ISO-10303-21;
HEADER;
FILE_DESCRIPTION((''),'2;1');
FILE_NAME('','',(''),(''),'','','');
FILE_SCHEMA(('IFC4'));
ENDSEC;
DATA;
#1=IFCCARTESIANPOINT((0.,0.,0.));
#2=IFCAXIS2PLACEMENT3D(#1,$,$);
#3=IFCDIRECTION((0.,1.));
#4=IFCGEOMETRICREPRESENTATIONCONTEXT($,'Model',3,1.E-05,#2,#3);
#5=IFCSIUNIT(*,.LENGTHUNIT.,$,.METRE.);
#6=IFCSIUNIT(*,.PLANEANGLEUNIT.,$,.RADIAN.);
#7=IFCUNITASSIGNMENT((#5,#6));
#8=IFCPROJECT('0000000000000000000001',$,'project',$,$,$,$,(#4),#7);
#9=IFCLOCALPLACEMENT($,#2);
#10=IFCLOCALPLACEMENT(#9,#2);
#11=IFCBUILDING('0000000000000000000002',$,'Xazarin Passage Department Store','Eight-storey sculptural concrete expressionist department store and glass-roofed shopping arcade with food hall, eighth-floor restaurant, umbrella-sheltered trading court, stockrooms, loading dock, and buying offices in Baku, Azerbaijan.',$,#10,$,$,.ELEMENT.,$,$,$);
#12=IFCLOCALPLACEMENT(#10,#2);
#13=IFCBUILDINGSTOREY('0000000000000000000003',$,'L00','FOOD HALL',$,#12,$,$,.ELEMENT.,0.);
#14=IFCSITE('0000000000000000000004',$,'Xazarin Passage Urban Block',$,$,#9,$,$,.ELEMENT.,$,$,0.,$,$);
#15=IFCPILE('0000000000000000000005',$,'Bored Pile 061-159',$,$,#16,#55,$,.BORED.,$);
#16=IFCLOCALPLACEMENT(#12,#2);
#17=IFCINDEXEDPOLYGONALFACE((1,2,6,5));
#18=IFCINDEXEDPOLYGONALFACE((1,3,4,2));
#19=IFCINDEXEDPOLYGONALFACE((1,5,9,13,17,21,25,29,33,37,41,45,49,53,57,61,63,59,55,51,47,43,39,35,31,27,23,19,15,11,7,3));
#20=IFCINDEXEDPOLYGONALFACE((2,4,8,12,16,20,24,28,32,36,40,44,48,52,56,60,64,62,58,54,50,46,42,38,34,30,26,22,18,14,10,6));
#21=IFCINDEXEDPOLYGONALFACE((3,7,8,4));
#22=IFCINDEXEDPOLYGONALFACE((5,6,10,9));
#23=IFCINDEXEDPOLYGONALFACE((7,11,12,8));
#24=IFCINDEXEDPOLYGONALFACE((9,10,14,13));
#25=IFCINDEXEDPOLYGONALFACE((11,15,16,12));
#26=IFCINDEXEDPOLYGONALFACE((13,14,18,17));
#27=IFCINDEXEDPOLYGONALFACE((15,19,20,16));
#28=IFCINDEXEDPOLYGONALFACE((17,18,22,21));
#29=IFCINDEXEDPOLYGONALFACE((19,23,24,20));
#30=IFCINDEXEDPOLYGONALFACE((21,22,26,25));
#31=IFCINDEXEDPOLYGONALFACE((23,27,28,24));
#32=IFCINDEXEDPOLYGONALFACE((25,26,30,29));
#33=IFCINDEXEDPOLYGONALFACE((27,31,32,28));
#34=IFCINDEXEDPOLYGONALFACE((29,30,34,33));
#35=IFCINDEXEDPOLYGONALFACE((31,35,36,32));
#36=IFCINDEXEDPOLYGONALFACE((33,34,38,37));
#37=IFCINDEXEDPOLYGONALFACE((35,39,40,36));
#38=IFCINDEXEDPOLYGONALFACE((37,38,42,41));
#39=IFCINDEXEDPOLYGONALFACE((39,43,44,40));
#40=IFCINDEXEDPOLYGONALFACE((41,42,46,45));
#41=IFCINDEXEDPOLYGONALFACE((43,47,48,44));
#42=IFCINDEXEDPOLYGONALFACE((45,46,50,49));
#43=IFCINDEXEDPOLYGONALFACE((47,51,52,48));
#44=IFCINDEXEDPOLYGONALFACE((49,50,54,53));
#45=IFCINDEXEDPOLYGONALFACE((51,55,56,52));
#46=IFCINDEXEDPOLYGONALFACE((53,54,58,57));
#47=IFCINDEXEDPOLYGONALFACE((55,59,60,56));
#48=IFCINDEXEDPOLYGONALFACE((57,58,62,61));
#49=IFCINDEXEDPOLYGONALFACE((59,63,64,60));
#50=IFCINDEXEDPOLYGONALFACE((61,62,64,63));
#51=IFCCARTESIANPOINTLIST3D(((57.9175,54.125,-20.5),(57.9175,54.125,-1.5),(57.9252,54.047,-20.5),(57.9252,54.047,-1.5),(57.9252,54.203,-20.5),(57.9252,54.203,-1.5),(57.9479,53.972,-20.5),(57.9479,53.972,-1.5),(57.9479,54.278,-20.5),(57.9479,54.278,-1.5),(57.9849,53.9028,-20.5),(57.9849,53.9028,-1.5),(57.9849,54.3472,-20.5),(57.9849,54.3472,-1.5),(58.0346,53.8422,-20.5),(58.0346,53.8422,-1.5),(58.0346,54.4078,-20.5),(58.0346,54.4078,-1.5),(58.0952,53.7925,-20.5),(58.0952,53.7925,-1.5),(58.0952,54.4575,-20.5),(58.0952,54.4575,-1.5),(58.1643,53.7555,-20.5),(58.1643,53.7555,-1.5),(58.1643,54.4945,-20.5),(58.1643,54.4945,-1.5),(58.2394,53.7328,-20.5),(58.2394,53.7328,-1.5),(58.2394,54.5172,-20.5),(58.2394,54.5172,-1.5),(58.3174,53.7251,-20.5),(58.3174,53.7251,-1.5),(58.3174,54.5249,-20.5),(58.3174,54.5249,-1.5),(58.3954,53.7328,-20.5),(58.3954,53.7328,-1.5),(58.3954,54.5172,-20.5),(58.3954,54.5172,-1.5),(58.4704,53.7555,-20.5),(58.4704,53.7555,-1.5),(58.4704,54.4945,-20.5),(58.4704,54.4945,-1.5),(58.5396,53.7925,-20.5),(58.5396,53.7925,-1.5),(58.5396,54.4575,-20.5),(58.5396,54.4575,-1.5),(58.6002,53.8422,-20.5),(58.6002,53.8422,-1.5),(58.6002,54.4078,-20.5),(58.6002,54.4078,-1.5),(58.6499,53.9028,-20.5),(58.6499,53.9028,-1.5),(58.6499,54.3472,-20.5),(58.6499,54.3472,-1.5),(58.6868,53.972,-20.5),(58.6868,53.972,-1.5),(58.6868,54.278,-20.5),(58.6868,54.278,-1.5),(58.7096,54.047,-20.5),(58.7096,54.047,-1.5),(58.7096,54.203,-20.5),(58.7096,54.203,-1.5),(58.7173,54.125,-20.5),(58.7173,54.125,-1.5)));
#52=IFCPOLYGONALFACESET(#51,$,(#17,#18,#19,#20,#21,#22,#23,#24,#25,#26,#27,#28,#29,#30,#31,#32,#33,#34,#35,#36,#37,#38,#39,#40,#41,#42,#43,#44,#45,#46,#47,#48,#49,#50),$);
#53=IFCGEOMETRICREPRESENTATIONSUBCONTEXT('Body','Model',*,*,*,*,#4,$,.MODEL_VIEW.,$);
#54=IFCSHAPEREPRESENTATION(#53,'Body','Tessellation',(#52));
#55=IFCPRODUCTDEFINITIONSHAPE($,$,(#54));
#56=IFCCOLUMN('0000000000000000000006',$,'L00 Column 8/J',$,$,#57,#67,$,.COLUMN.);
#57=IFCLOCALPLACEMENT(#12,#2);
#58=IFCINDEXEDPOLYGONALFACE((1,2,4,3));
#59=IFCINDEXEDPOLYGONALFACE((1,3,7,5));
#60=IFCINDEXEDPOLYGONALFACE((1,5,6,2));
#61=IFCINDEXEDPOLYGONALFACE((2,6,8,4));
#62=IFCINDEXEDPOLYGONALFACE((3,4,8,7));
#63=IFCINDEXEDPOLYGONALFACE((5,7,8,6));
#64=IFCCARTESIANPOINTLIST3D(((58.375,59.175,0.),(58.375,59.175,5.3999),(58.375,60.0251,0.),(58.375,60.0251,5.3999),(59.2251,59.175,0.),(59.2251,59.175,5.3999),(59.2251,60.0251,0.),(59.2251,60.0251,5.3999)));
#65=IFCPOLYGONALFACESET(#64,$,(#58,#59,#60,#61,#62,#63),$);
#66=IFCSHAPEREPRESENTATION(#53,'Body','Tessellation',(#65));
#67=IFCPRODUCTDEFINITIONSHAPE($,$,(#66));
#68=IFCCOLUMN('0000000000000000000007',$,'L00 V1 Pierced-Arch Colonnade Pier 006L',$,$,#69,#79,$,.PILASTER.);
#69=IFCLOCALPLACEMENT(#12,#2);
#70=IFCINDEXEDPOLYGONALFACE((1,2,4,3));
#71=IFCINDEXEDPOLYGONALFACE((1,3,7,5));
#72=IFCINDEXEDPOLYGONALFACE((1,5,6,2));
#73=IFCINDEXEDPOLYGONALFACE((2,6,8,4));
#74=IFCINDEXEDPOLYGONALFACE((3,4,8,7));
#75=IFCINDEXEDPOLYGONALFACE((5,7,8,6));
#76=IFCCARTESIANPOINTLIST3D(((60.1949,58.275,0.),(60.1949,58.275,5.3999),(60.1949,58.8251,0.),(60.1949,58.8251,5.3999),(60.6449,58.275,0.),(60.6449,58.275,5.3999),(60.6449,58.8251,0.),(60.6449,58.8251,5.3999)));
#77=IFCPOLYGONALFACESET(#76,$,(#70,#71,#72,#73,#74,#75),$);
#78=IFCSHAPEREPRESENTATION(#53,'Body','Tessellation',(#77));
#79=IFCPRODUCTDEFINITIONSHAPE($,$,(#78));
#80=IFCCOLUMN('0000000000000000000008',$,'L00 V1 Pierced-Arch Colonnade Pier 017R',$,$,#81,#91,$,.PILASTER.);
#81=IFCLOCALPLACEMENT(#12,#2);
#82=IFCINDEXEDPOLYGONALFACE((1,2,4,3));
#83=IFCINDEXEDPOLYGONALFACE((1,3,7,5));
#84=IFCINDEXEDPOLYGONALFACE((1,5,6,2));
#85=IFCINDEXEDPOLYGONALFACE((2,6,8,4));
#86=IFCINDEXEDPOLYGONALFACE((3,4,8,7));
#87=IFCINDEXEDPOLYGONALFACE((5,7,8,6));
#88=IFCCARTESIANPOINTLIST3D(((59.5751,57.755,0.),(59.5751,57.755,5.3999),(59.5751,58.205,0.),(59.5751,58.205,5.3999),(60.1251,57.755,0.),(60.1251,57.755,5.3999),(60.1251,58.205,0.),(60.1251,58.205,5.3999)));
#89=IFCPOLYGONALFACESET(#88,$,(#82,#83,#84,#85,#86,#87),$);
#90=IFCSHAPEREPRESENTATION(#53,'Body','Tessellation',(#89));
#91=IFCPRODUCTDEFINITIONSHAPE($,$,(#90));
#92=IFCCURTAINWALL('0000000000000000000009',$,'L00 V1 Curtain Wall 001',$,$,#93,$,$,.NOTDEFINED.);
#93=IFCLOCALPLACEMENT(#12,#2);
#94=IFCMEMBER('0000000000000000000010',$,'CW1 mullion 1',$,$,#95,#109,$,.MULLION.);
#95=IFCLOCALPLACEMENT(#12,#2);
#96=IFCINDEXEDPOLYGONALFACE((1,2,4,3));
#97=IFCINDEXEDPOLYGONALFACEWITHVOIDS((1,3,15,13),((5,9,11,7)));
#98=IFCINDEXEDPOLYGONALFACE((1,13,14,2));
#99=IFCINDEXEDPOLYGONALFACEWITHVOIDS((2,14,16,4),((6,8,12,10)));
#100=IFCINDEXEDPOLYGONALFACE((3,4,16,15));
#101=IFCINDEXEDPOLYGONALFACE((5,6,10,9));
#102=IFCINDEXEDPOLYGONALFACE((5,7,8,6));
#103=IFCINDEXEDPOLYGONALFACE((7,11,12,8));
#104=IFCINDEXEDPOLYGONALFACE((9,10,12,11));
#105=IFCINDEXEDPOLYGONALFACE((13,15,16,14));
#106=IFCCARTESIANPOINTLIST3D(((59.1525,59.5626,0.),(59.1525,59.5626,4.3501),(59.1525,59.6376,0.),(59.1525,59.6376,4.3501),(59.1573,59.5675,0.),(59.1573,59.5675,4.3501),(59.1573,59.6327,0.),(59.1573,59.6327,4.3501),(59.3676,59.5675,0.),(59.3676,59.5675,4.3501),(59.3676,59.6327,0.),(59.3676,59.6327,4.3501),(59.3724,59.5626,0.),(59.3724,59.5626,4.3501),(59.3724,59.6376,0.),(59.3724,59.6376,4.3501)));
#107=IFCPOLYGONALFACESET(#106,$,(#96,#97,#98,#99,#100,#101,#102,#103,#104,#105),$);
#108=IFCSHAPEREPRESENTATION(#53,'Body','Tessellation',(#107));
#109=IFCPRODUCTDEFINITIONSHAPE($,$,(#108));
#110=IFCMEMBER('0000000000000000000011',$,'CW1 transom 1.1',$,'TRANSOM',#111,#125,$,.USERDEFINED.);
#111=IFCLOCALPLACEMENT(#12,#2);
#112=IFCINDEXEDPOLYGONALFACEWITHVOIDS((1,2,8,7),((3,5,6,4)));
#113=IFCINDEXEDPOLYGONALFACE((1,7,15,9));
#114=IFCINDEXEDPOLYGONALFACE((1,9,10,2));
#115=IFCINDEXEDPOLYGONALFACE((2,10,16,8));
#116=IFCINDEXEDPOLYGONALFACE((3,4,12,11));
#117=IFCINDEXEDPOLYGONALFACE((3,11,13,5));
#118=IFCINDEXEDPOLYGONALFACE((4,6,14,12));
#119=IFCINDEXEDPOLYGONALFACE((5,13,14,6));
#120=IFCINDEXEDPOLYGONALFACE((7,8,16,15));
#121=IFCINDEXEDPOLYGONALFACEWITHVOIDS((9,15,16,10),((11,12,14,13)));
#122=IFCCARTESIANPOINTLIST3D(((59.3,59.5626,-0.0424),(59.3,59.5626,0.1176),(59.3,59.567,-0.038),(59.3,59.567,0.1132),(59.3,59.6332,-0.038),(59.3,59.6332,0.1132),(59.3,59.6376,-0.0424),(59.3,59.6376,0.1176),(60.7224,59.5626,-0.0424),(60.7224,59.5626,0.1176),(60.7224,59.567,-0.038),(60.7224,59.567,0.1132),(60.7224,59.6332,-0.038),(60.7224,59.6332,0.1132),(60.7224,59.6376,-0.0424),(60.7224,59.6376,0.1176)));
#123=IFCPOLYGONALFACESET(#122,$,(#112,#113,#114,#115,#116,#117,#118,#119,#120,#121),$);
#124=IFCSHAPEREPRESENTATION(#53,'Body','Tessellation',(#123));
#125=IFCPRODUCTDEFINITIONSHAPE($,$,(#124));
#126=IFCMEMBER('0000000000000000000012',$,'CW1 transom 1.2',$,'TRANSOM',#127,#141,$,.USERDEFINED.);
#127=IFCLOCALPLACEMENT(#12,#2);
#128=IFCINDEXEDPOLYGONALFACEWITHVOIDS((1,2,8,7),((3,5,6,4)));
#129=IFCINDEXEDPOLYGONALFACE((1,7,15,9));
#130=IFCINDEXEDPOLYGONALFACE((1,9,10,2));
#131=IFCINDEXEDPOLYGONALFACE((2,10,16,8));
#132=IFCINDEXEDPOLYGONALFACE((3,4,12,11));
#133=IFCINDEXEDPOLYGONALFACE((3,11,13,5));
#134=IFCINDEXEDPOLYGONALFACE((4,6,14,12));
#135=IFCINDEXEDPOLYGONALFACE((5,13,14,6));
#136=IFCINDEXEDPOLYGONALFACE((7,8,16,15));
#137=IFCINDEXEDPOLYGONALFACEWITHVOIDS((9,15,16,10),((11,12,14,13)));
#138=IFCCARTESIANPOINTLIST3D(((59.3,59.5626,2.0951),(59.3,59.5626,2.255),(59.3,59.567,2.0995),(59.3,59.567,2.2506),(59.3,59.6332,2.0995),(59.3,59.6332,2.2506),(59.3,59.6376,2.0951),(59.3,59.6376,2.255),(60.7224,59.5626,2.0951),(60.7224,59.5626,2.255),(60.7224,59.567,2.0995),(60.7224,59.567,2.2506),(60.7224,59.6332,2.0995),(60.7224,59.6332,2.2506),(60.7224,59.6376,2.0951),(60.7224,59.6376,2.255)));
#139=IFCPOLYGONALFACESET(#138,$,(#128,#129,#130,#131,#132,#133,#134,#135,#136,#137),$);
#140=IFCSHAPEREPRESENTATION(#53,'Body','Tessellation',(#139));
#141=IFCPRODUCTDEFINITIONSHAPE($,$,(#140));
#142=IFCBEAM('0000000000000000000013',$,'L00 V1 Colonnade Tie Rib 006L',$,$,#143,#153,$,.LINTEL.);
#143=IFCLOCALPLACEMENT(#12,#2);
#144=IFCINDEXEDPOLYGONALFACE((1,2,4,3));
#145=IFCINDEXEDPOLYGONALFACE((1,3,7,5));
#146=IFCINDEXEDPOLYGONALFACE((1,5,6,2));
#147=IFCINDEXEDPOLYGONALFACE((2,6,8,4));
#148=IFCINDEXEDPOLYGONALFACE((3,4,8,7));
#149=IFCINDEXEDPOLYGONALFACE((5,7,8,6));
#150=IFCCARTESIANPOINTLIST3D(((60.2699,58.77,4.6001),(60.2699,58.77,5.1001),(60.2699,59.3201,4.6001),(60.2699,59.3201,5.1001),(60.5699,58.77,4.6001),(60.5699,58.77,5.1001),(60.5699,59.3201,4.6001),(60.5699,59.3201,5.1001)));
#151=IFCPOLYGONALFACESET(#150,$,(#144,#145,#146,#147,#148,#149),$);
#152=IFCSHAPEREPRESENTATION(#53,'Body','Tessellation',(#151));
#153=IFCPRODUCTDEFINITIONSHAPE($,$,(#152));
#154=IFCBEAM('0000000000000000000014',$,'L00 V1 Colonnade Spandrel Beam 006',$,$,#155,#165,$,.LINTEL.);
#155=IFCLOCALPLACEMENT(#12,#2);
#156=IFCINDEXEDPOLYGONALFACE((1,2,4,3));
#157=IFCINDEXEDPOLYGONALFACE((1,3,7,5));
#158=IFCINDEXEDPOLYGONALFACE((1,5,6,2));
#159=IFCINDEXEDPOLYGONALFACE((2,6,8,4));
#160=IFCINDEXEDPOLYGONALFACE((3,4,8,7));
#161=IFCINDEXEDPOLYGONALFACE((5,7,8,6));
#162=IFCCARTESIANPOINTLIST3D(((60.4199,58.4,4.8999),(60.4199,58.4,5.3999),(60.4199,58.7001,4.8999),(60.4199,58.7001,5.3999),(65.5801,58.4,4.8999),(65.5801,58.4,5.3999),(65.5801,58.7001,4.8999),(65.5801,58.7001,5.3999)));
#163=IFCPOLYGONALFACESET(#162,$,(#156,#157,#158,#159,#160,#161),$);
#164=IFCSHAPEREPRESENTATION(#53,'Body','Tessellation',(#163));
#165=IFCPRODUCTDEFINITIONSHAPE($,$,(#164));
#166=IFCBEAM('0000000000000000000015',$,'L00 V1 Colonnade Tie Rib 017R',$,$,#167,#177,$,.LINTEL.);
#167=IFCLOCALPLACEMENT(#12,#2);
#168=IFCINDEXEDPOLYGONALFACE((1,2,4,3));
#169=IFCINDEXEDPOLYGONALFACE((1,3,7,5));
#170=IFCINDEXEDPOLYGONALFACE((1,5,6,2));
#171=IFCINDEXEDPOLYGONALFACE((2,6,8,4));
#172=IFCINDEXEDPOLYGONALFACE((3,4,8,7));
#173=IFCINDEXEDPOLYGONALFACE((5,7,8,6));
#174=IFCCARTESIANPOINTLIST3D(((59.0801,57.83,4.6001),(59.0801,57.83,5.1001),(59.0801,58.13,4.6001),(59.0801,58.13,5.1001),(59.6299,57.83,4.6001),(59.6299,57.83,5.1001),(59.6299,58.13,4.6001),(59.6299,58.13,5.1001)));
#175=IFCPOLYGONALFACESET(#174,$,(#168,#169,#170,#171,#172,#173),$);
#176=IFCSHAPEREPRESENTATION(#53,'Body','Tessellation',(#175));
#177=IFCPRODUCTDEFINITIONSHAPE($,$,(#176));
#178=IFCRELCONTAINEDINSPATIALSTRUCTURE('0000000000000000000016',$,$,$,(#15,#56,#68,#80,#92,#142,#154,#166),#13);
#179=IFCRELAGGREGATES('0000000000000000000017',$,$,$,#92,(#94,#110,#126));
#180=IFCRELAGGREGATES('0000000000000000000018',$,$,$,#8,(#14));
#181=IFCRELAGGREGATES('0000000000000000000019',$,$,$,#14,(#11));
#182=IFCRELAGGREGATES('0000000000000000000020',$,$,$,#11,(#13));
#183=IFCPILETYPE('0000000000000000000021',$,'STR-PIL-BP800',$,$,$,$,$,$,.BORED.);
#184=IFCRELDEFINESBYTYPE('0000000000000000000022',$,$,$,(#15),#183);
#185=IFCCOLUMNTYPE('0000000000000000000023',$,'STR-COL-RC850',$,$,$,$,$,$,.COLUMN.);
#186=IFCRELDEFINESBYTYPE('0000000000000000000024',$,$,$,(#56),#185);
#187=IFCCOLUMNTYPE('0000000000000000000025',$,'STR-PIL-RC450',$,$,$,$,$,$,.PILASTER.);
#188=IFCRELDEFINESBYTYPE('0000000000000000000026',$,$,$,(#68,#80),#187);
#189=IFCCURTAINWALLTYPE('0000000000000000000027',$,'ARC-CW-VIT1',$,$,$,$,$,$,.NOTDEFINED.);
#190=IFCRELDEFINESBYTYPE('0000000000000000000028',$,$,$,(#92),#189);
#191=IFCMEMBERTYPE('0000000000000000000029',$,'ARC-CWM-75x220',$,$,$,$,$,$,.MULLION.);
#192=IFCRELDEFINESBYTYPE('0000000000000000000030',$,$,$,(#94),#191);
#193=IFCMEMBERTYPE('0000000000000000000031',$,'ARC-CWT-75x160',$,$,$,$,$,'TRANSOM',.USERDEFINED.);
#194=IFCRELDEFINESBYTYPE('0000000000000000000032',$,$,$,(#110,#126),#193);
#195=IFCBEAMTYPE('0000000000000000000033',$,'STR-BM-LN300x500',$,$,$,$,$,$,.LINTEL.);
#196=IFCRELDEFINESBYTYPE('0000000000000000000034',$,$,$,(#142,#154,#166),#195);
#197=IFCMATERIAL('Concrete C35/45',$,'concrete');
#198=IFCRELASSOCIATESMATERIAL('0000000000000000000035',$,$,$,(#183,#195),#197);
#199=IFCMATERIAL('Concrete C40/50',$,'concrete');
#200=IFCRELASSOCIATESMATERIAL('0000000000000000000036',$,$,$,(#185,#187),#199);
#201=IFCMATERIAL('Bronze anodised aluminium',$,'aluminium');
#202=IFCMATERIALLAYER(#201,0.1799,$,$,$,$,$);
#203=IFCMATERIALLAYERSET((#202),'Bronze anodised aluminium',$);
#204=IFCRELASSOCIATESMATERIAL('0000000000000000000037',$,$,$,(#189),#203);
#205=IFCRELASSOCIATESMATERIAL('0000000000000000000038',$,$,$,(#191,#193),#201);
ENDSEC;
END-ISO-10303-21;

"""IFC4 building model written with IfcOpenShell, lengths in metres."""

from ifc_helpers import new_model, si_unit, direction, frame, origin, origin_2d, place, context, subcontext, project, spatial, rectangle, hollow_rectangle, circle, extrude, material, layer, layer_set, material_profile, profile_set, type_object, element, aggregate, save


model = new_model("IFC4")

# Units and contexts
model_context = context("Model", 3, precision=1e-05, world=origin(), true_north=direction((0.0, 1.0)))
body_context = subcontext(model_context, "Body", "Model", "MODEL_VIEW")
ifc_project = project(units=[si_unit("LENGTHUNIT", "METRE"), si_unit("PLANEANGLEUNIT", "RADIAN")], contexts=[model_context])

# Site, building, storey
site_placement = place(None, origin())
site = spatial("IfcSite", under=ifc_project, at=site_placement, Name="Xazarin Passage Urban Block", CompositionType="ELEMENT", RefElevation=0.0)
building_placement = place(site_placement, origin())
building = spatial("IfcBuilding", under=site, at=building_placement, Name="Xazarin Passage Department Store", Description="Eight-storey sculptural concrete expressionist department store and glass-roofed shopping arcade with food hall, eighth-floor restaurant, umbrella-sheltered trading court, stockrooms, loading dock, and buying offices in Baku, Azerbaijan.", CompositionType="ELEMENT")
storey_placement = place(building_placement, origin())
storey = spatial("IfcBuildingStorey", under=building, at=storey_placement, Name="L00", Description="FOOD HALL", CompositionType="ELEMENT", Elevation=0.0)

# Shared definitions
ifc_material_1 = material(Name="Concrete C35/45", Category="concrete")

# Pile
ifc_material_profile_1 = material_profile(ifc_material_1, circle(Radius=0.3999, at=origin_2d()), Name="BP 800")
ifc_profile_set_1 = profile_set([ifc_material_profile_1], Name="Concrete C35/45")
pile_type_1 = type_object("IfcPileType", Name="STR-PIL-BP800", PredefinedType="BORED", material=ifc_profile_set_1)
pile_1_placement = place(storey_placement, frame((58.3174, 54.125, -1.5), z_axis=(0.0, 0.0, -1.0), x_axis=(1.0, 0.0, 0.0)))
element("IfcPile", 1, at=pile_1_placement, inside=storey, type_object=pile_type_1, Name="Bored Pile 061-159", PredefinedType="BORED", context=body_context, shape_type="SweptSolid", body=[
    extrude(circle(Radius=0.3999, at=origin_2d()), origin(), (0.0, 0.0, 1.0), 19.0),
])

# Columns
ifc_material_2 = material(Name="Concrete C40/50", Category="concrete")
ifc_material_profile_2 = material_profile(ifc_material_2, rectangle(XDim=0.8501, YDim=0.8501, at=origin_2d()), Name="RC 850x850")
ifc_profile_set_2 = profile_set([ifc_material_profile_2], Name="Concrete C40/50")
column_type_1 = type_object("IfcColumnType", Name="STR-COL-RC850", PredefinedType="COLUMN", material=ifc_profile_set_2)
column_placement = place(storey_placement, frame((58.8, 59.6001, 0.0), z_axis=(0.0, 0.0, 1.0), x_axis=(1.0, 0.0, 0.0)))
element("IfcColumn", 2, at=column_placement, inside=storey, type_object=column_type_1, Name="L00 Column 8/J", PredefinedType="COLUMN", context=body_context, shape_type="SweptSolid", body=[
    extrude(rectangle(XDim=0.8501, YDim=0.8501, at=origin_2d()), origin(), (0.0, 0.0, 1.0), 5.3999),
])
ifc_material_profile_3 = material_profile(ifc_material_2, rectangle(XDim=0.45, YDim=0.55, at=origin_2d()), Name="RC 450x550")
ifc_profile_set_3 = profile_set([ifc_material_profile_3], Name="Concrete C40/50")
column_type_2 = type_object("IfcColumnType", Name="STR-PIL-RC450", PredefinedType="PILASTER", material=ifc_profile_set_3)
for number, where, z_axis, x_axis, name in (
    (3, (60.4199, 58.55, 0.0), (0.0, 0.0, 1.0), (1.0, 0.0, 0.0), "L00 V1 Pierced-Arch Colonnade Pier 006L"),
    (4, (59.8501, 57.98, 0.0), (0.0, 0.0, 1.0), (0.0, 1.0, 0.0), "L00 V1 Pierced-Arch Colonnade Pier 017R"),
):
    element("IfcColumn", number, at=place(storey_placement, frame(where, z_axis=z_axis, x_axis=x_axis)), inside=storey, type_object=column_type_2, Name=name, PredefinedType="PILASTER", context=body_context, shape_type="SweptSolid", body=[
        extrude(rectangle(XDim=0.45, YDim=0.55, at=origin_2d()), origin(), (0.0, 0.0, 1.0), 5.3999),
    ])

# Curtain wall, members
ifc_material_3 = material(Name="Bronze anodised aluminium", Category="aluminium")
ifc_layer_1 = layer(ifc_material_3, 0.1799)
ifc_layer_set_1 = layer_set([ifc_layer_1], Name="Bronze anodised aluminium")
curtain_wall_type = type_object("IfcCurtainWallType", Name="ARC-CW-VIT1", PredefinedType="NOTDEFINED", material=ifc_layer_set_1)
curtain_wall_placement = place(storey_placement, origin())
curtain_wall = element("IfcCurtainWall", 5, at=curtain_wall_placement, inside=storey, type_object=curtain_wall_type, Name="L00 V1 Curtain Wall 001", PredefinedType="NOTDEFINED")
ifc_material_profile_4 = material_profile(ifc_material_3, hollow_rectangle(XDim=0.075, YDim=0.22, WallThickness=0.0049, at=origin_2d()), Name="ALU 75x220")
ifc_profile_set_4 = profile_set([ifc_material_profile_4], Name="Bronze anodised aluminium")
member_type_1 = type_object("IfcMemberType", Name="ARC-CWM-75x220", PredefinedType="MULLION", material=ifc_profile_set_4)
member_1_placement = place(storey_placement, frame((59.2625, 59.6001, 0.0), z_axis=(0.0, 0.0, 1.0), x_axis=(0.0, 1.0, 0.0)))
member_1 = element("IfcMember", 6, at=member_1_placement, type_object=member_type_1, Name="CW1 mullion 1", PredefinedType="MULLION", context=body_context, shape_type="SweptSolid", body=[
    extrude(hollow_rectangle(XDim=0.075, YDim=0.22, WallThickness=0.0049, at=origin_2d()), origin(), (0.0, 0.0, 1.0), 4.3501),
])
ifc_material_profile_5 = material_profile(ifc_material_3, hollow_rectangle(XDim=0.075, YDim=0.1599, WallThickness=0.0044, at=origin_2d()), Name="ALU 75x160")
ifc_profile_set_5 = profile_set([ifc_material_profile_5], Name="Bronze anodised aluminium")
member_type_2 = type_object("IfcMemberType", Name="ARC-CWT-75x160", ElementType="TRANSOM", PredefinedType="USERDEFINED", material=ifc_profile_set_5)
member_2_placement = place(storey_placement, frame((59.3, 59.6001, 0.0376), z_axis=(1.0, 0.0, 0.0), x_axis=(0.0, 1.0, 0.0)))
member_2 = element("IfcMember", 7, at=member_2_placement, type_object=member_type_2, Name="CW1 transom 1.1", ObjectType="TRANSOM", PredefinedType="USERDEFINED", context=body_context, shape_type="SweptSolid", body=[
    extrude(hollow_rectangle(XDim=0.075, YDim=0.1599, WallThickness=0.0044, at=origin_2d()), origin(), (0.0, 0.0, 1.0), 1.4224),
])
member_3_placement = place(storey_placement, frame((59.3, 59.6001, 2.175), z_axis=(1.0, 0.0, 0.0), x_axis=(0.0, 1.0, 0.0)))
member_3 = element("IfcMember", 8, at=member_3_placement, type_object=member_type_2, Name="CW1 transom 1.2", ObjectType="TRANSOM", PredefinedType="USERDEFINED", context=body_context, shape_type="SweptSolid", body=[
    extrude(hollow_rectangle(XDim=0.075, YDim=0.1599, WallThickness=0.0044, at=origin_2d()), origin(), (0.0, 0.0, 1.0), 1.4224),
])
aggregate(curtain_wall, [member_1, member_2, member_3])

# Beams
ifc_material_profile_6 = material_profile(ifc_material_1, rectangle(XDim=0.3, YDim=0.5, at=origin_2d()), Name="RC 300x500")
ifc_profile_set_6 = profile_set([ifc_material_profile_6], Name="Concrete C35/45")
beam_type = type_object("IfcBeamType", Name="STR-BM-LN300x500", PredefinedType="LINTEL", material=ifc_profile_set_6)
beam_1_placement = place(storey_placement, frame((60.4199, 59.3201, 4.8501), z_axis=(0.0, -1.0, 0.0), x_axis=(1.0, 0.0, 0.0)))
element("IfcBeam", 9, at=beam_1_placement, inside=storey, type_object=beam_type, Name="L00 V1 Colonnade Tie Rib 006L", PredefinedType="LINTEL", context=body_context, shape_type="SweptSolid", body=[
    extrude(rectangle(XDim=0.3, YDim=0.5, at=origin_2d()), origin(), (0.0, 0.0, 1.0), 0.55),
])
beam_2_placement = place(storey_placement, frame((60.4199, 58.55, 5.1499), z_axis=(1.0, 0.0, 0.0), x_axis=(0.0, 1.0, 0.0)))
element("IfcBeam", 10, at=beam_2_placement, inside=storey, type_object=beam_type, Name="L00 V1 Colonnade Spandrel Beam 006", PredefinedType="LINTEL", context=body_context, shape_type="SweptSolid", body=[
    extrude(rectangle(XDim=0.3, YDim=0.5, at=origin_2d()), origin(), (0.0, 0.0, 1.0), 5.1602),
])
beam_3_placement = place(storey_placement, frame((59.0801, 57.98, 4.8501), z_axis=(1.0, 0.0, 0.0), x_axis=(0.0, 1.0, 0.0)))
element("IfcBeam", 11, at=beam_3_placement, inside=storey, type_object=beam_type, Name="L00 V1 Colonnade Tie Rib 017R", PredefinedType="LINTEL", context=body_context, shape_type="SweptSolid", body=[
    extrude(rectangle(XDim=0.3, YDim=0.5, at=origin_2d()), origin(), (0.0, 0.0, 1.0), 0.5498),
])

save(model, "model.ifc")
